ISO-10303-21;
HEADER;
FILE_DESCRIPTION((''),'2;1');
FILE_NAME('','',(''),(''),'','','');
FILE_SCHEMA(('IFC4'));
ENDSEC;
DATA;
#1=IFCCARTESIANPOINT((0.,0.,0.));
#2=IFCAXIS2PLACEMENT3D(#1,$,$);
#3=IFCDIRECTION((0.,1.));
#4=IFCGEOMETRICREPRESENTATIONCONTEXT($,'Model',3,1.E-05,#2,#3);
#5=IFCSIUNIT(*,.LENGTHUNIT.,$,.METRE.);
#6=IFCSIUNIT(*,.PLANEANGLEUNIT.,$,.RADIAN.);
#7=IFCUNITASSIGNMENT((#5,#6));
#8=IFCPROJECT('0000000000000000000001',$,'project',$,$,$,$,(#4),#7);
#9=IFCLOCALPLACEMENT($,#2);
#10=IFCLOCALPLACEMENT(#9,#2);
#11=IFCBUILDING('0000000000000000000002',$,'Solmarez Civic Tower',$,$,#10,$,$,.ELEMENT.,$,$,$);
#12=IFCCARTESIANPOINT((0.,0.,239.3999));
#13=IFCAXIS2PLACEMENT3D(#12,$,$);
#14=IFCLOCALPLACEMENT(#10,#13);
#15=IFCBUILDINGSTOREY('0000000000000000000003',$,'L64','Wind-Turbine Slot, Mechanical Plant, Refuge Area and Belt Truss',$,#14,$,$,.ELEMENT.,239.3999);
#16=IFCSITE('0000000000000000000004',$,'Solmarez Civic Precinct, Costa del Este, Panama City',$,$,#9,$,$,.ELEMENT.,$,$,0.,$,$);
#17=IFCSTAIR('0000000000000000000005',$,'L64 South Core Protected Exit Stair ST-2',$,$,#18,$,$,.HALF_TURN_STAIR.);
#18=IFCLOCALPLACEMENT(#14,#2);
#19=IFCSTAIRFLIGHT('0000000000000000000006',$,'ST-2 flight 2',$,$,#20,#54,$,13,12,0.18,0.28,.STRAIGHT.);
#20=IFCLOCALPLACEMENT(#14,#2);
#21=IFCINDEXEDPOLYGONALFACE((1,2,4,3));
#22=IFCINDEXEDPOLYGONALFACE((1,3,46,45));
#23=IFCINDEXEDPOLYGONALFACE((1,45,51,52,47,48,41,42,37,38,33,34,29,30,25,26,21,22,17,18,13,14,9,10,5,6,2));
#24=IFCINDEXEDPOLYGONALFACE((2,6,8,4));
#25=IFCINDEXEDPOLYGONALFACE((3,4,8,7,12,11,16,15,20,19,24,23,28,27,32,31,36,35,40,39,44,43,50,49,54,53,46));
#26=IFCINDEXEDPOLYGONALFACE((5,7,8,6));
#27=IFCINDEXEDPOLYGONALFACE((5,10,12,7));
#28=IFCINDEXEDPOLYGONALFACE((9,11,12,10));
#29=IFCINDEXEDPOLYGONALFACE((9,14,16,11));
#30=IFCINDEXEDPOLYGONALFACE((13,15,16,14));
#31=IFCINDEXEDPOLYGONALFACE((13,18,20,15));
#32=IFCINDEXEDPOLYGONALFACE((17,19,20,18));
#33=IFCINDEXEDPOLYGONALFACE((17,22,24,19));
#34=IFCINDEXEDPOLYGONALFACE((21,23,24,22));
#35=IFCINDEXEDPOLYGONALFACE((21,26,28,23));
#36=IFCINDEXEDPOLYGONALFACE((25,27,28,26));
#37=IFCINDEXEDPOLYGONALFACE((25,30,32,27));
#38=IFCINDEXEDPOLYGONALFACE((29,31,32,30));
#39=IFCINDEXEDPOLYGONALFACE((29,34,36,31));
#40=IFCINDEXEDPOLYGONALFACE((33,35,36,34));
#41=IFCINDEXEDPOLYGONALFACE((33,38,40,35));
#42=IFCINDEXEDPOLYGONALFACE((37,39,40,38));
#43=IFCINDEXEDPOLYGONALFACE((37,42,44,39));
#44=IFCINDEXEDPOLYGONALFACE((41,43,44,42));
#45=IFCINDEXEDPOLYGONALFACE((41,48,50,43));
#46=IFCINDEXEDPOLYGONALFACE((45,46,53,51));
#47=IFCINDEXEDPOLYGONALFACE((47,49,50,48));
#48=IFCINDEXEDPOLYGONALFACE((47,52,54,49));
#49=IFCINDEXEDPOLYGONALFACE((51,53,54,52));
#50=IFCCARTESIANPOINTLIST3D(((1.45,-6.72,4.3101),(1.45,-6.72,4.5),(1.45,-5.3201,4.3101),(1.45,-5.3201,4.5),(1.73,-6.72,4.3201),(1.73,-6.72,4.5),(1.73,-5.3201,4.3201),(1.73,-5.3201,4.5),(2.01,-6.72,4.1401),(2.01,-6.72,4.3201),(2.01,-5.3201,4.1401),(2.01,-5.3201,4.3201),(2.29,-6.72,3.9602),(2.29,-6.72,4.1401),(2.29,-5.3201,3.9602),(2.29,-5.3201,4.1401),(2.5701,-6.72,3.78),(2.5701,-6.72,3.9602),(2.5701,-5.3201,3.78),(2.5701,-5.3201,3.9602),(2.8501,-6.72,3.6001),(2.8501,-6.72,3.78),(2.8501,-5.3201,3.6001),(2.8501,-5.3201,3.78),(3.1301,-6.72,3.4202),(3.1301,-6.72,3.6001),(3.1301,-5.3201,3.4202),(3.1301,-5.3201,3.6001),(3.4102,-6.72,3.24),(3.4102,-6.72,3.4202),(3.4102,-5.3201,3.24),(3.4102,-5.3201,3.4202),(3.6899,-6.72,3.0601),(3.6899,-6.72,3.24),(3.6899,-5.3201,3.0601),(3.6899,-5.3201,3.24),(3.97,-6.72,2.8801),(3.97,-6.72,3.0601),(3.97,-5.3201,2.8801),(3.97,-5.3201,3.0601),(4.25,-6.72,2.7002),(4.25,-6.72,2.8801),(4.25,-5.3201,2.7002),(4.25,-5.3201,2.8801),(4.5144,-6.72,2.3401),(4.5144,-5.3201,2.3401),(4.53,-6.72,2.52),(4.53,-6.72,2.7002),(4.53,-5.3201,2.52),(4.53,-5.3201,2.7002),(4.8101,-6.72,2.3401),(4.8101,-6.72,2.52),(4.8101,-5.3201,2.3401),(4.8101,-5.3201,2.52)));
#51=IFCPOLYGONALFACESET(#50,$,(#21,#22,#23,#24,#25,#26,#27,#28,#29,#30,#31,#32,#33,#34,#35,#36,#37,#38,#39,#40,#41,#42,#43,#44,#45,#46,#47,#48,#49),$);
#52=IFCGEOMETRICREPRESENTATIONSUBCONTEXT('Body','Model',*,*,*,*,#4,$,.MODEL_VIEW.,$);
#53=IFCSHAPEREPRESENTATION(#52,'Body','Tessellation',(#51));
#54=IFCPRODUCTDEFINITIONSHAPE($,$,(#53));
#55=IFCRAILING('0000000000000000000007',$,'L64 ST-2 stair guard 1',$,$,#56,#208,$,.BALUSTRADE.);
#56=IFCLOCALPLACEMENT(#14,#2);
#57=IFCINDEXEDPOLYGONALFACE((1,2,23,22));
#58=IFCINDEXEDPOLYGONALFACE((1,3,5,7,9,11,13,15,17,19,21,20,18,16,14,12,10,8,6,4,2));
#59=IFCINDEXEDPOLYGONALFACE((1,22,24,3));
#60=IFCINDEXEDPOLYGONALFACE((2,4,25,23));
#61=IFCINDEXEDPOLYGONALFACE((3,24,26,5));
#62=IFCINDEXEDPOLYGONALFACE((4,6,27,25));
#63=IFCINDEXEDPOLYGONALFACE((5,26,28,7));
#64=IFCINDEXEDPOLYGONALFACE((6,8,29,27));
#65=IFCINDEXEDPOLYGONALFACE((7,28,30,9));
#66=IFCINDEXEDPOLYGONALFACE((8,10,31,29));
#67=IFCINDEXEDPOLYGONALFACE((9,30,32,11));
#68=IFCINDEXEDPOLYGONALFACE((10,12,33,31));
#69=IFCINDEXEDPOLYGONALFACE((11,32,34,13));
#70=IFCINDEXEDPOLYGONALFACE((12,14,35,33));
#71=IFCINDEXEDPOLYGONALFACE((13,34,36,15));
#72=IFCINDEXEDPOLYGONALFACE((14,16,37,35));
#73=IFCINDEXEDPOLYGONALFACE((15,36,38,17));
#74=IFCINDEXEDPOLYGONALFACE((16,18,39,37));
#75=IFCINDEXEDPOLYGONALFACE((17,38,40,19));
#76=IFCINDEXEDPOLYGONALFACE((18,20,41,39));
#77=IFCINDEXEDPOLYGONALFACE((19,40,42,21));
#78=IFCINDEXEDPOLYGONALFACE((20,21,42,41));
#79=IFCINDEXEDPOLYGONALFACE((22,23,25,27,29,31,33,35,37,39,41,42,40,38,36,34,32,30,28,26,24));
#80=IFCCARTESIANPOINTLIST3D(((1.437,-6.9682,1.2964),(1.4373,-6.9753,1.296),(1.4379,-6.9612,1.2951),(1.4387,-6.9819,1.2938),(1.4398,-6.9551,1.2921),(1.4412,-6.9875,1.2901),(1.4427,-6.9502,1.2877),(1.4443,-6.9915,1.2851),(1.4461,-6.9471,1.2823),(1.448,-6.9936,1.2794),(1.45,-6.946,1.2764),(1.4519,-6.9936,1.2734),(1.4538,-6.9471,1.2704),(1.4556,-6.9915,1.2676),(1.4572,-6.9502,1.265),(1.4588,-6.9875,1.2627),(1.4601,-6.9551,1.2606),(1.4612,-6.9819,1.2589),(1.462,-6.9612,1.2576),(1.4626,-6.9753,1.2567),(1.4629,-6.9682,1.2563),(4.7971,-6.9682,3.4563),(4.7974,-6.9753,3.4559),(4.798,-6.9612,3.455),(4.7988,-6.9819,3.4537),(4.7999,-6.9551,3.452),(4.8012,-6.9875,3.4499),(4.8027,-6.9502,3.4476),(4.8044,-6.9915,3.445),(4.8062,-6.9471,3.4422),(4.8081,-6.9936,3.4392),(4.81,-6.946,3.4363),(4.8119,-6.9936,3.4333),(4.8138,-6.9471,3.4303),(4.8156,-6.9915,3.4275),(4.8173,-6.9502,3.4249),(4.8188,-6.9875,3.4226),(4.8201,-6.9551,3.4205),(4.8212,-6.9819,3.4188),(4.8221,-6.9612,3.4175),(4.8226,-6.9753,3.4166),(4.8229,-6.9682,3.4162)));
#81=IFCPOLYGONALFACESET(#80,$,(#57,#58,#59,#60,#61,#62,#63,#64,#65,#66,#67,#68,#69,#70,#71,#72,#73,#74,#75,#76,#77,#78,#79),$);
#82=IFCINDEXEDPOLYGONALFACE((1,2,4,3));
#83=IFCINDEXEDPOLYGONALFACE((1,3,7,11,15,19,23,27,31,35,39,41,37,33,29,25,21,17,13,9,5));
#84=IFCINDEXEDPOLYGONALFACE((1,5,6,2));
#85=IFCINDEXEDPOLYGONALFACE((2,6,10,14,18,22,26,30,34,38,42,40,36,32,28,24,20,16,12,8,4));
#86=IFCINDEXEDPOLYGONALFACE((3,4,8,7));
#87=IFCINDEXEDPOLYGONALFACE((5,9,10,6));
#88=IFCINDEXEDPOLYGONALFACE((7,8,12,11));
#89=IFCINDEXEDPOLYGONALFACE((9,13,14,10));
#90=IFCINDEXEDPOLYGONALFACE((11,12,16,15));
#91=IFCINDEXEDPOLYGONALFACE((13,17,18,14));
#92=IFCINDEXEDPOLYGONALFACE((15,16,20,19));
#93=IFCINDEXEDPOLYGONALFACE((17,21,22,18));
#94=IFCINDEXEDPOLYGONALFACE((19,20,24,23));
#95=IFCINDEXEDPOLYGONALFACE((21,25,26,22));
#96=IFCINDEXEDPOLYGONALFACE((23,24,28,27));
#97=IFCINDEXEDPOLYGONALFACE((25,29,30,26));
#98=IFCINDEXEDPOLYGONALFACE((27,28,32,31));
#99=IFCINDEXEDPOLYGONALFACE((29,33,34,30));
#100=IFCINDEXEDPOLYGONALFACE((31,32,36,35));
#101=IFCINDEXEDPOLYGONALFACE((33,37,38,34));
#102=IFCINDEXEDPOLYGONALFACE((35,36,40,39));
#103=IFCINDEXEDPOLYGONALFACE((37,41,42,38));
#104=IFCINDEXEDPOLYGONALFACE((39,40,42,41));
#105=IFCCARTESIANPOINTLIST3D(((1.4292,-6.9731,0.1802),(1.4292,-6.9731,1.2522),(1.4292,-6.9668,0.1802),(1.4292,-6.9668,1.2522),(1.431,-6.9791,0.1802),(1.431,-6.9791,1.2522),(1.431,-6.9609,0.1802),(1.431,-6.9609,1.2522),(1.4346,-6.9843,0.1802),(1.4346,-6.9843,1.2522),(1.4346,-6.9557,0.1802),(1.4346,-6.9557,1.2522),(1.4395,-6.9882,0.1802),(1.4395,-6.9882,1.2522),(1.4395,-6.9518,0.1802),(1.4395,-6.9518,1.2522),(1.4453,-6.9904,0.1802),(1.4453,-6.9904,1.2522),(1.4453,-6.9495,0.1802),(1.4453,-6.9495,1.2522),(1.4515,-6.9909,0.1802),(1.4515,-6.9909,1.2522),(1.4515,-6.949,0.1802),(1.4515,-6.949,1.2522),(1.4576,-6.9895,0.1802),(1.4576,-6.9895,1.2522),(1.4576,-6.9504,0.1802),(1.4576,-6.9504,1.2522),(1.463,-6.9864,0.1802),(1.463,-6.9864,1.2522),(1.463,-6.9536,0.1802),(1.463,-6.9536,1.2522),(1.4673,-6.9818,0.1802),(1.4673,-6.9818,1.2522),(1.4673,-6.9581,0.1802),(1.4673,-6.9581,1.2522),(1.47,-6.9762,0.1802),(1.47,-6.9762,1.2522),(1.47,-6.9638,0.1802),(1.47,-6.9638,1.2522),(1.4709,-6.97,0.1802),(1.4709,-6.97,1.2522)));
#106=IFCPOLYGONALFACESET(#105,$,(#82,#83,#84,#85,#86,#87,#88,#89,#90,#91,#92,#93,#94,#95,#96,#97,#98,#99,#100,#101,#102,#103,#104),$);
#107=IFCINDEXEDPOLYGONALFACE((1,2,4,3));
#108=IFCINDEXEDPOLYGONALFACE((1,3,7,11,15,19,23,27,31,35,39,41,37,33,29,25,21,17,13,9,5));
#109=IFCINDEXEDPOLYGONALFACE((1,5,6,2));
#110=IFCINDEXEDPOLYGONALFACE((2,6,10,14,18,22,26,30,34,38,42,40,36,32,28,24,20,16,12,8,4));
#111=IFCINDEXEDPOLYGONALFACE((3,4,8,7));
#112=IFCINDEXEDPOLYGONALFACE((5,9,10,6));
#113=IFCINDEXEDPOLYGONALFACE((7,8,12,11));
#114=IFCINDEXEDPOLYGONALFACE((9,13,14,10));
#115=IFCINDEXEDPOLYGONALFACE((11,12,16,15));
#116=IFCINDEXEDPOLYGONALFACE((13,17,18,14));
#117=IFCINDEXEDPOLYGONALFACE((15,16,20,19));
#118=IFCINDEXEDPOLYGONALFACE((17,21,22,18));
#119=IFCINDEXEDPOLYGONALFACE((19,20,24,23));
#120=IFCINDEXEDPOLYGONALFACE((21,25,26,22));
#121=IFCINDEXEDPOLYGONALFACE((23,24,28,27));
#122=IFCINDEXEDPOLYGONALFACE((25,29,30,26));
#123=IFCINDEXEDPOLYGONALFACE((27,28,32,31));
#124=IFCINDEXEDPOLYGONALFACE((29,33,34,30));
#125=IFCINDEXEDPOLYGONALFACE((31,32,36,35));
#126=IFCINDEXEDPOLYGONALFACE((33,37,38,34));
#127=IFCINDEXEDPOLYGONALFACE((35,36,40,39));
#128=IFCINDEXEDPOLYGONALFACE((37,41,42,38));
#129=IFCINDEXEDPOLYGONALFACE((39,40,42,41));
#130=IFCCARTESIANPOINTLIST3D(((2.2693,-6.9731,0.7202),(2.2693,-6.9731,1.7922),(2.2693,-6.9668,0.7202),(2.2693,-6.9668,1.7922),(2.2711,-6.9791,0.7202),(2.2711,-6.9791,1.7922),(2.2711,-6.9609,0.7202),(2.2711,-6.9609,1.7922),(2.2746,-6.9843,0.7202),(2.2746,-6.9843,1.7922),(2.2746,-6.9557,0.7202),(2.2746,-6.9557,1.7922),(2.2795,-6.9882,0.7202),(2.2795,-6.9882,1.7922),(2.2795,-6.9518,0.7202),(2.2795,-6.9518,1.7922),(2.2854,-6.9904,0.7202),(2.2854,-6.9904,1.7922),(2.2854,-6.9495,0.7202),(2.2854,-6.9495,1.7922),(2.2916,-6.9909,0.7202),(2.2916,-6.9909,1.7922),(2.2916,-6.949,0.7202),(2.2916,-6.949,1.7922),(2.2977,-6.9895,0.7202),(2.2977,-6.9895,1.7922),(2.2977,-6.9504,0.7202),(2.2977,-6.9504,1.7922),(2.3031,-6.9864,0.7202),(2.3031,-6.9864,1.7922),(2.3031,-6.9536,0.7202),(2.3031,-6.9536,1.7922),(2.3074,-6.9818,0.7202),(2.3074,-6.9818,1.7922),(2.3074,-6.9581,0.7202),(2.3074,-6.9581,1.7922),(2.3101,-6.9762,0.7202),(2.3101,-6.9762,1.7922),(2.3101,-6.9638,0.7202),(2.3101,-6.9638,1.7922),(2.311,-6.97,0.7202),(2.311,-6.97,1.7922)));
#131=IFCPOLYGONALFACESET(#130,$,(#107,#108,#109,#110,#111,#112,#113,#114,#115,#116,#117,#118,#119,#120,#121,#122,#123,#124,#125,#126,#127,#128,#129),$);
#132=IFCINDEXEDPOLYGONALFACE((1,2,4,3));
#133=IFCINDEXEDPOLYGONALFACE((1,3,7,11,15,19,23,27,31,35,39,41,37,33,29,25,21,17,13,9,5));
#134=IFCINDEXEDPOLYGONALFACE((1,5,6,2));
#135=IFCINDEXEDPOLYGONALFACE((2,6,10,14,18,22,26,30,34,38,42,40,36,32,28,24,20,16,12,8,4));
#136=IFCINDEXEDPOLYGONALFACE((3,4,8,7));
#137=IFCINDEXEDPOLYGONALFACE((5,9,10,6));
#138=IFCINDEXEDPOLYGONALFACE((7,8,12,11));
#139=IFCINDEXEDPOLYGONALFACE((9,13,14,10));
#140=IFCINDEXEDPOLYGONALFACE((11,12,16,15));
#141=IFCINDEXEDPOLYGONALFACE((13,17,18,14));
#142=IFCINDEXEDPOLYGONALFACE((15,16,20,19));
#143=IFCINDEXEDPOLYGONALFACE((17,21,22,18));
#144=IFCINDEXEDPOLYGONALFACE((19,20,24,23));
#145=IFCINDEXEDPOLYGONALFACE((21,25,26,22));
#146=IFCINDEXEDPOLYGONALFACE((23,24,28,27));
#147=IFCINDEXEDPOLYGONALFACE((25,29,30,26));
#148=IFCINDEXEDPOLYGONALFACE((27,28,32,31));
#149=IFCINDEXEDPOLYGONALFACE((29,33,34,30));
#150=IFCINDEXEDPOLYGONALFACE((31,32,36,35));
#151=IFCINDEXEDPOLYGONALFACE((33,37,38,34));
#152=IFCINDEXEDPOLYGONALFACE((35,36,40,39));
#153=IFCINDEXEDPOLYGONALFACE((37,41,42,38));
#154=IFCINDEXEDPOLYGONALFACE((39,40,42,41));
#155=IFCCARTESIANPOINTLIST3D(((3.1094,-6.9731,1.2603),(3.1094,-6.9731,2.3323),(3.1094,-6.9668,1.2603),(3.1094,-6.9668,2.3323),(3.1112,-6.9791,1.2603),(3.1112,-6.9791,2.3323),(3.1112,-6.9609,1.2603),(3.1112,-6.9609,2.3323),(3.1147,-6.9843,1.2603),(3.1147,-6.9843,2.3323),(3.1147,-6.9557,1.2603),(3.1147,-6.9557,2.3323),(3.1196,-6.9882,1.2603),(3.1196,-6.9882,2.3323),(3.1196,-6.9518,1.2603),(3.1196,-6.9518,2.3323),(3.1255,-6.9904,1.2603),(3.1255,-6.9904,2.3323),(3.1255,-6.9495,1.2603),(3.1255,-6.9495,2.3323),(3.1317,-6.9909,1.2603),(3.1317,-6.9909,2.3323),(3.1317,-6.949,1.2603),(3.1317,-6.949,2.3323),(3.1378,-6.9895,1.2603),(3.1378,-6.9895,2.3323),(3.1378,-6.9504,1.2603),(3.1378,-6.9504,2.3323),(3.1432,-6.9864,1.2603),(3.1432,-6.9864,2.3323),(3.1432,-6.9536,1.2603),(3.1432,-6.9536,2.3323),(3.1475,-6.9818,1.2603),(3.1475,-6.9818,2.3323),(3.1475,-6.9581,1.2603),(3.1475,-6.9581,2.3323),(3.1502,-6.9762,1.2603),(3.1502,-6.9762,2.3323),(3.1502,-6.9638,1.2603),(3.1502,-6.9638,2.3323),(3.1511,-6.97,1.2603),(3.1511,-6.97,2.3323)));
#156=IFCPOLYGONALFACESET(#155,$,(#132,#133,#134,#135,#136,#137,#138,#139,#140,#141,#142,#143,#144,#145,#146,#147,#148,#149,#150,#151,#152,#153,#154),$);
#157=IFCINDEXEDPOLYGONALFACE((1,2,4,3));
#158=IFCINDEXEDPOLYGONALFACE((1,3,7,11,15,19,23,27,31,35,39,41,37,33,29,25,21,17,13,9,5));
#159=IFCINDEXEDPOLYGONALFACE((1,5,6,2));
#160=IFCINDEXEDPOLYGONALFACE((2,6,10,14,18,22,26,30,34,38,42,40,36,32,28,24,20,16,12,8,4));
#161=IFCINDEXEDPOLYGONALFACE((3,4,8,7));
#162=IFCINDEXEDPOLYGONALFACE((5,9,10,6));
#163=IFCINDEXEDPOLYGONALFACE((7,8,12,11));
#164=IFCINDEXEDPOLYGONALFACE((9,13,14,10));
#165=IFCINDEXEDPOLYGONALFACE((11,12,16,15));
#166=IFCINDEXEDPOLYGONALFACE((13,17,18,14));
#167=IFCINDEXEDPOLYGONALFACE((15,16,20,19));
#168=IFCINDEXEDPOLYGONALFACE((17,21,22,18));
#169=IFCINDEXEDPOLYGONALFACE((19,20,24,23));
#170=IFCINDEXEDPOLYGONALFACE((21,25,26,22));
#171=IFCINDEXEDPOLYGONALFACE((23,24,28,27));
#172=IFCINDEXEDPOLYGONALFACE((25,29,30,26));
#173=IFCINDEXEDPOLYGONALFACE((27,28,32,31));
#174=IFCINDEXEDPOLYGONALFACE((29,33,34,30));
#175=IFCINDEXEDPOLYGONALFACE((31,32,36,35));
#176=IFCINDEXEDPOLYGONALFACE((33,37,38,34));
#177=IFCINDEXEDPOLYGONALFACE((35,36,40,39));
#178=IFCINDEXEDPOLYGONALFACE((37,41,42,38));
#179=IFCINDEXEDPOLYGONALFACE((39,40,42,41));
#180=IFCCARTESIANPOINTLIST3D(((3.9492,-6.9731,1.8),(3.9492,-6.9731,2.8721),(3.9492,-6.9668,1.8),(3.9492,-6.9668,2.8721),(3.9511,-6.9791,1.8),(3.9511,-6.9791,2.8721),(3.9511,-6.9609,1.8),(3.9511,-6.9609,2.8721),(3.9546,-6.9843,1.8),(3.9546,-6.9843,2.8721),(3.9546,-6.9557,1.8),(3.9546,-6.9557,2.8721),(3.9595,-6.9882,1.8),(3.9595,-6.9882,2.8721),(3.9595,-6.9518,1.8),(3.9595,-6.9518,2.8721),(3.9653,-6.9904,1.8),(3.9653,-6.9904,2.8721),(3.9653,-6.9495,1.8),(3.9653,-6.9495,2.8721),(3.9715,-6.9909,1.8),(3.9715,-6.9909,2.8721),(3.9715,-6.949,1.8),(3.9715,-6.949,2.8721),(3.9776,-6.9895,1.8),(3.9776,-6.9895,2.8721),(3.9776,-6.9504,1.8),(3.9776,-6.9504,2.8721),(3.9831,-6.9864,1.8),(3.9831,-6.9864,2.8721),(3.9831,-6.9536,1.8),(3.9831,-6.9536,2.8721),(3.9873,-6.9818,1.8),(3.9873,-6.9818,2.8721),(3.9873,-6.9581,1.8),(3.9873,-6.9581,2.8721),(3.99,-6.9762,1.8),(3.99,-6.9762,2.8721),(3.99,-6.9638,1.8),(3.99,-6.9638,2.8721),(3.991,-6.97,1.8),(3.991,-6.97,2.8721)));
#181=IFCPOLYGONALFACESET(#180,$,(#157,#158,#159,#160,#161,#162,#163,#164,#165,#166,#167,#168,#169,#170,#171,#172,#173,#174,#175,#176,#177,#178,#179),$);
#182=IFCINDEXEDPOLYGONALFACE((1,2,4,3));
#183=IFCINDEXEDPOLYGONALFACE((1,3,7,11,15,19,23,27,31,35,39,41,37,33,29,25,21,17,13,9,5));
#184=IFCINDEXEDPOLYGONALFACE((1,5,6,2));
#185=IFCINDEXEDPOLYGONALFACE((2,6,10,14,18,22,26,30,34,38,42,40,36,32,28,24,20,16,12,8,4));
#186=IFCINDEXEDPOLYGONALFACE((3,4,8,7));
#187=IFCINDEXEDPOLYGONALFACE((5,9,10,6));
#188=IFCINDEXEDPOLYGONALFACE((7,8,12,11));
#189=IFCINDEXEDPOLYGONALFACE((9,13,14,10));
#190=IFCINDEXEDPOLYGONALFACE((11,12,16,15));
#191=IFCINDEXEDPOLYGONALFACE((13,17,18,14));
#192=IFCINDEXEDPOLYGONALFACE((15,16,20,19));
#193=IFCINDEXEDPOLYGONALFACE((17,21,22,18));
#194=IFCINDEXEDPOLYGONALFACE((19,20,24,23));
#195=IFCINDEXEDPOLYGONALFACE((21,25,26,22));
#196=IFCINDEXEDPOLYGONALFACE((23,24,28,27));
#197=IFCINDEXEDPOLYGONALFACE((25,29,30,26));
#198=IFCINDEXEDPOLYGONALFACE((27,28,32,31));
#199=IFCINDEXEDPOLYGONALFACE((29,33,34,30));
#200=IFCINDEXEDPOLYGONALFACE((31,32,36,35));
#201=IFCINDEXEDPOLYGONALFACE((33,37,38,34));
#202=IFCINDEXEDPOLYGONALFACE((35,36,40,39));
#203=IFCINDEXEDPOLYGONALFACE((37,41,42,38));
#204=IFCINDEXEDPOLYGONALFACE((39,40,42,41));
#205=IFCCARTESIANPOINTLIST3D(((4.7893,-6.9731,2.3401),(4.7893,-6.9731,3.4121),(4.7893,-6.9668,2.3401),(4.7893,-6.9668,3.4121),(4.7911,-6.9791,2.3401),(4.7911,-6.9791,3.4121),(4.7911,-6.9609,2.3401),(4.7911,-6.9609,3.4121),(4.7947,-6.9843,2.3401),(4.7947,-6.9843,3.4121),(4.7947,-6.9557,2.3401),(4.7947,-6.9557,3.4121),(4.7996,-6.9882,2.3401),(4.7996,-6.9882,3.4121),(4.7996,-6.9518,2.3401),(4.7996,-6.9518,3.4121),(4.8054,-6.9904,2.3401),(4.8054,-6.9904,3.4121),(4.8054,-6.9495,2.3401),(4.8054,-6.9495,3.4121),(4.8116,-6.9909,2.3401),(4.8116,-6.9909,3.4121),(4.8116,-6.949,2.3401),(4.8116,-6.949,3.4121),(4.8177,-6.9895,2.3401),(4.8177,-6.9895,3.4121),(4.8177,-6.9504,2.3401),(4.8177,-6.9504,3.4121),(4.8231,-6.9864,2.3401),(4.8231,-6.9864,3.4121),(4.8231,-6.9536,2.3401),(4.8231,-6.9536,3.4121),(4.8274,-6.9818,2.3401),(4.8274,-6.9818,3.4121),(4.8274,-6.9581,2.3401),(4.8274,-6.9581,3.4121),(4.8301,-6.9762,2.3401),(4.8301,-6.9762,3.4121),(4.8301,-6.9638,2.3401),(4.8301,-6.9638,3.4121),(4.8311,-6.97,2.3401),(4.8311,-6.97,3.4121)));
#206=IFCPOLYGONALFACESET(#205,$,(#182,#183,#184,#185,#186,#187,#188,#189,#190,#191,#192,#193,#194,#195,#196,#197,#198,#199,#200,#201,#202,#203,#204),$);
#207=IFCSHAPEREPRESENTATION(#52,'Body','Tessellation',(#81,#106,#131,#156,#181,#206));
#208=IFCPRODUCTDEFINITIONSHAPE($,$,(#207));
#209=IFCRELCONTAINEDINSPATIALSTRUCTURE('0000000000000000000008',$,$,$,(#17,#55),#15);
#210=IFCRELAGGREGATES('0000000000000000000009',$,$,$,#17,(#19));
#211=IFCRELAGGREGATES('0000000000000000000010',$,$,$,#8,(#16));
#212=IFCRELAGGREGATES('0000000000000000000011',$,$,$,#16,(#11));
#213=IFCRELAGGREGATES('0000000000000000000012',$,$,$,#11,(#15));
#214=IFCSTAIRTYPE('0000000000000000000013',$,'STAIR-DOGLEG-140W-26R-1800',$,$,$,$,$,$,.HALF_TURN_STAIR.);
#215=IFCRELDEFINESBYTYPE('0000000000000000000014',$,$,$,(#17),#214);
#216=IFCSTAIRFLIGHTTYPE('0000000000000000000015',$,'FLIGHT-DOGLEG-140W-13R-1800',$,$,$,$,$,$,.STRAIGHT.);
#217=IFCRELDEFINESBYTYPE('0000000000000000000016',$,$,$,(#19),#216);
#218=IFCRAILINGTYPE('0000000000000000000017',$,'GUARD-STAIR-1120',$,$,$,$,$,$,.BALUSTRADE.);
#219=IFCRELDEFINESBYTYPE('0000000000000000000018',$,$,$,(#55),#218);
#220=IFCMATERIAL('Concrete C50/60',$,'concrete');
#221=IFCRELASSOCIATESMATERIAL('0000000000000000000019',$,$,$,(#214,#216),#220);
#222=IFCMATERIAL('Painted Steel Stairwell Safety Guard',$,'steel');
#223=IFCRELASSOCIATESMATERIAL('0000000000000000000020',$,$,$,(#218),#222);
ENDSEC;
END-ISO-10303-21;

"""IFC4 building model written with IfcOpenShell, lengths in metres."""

from ifc_helpers import new_model, si_unit, direction, frame, origin, origin_2d, place, context, subcontext, project, spatial, polyline, circle, outline, extrude, material, type_object, element, aggregate, save


model = new_model("IFC4")

# Units and contexts
model_context = context("Model", 3, precision=1e-05, world=origin(), true_north=direction((0.0, 1.0)))
body_context = subcontext(model_context, "Body", "Model", "MODEL_VIEW")
ifc_project = project(units=[si_unit("LENGTHUNIT", "METRE"), si_unit("PLANEANGLEUNIT", "RADIAN")], contexts=[model_context])

# Site, building, storey
site_placement = place(None, origin())
site = spatial("IfcSite", under=ifc_project, at=site_placement, Name="Solmarez Civic Precinct, Costa del Este, Panama City", CompositionType="ELEMENT", RefElevation=0.0)
building_placement = place(site_placement, origin())
building = spatial("IfcBuilding", under=site, at=building_placement, Name="Solmarez Civic Tower", CompositionType="ELEMENT")
storey_placement = place(building_placement, frame((0.0, 0.0, 239.3999)))
storey = spatial("IfcBuildingStorey", under=building, at=storey_placement, Name="L64", Description="Wind-Turbine Slot, Mechanical Plant, Refuge Area and Belt Truss", CompositionType="ELEMENT", Elevation=239.3999)

# Shared definitions
ifc_material_1 = material(Name="Concrete C50/60", Category="concrete")

# Stair, stair flight
stair_type = type_object("IfcStairType", Name="STAIR-DOGLEG-140W-26R-1800", PredefinedType="HALF_TURN_STAIR", material=ifc_material_1)
stair_placement = place(storey_placement, origin())
stair = element("IfcStair", 1, at=stair_placement, inside=storey, type_object=stair_type, Name="L64 South Core Protected Exit Stair ST-2", PredefinedType="HALF_TURN_STAIR")
stair_flight_type = type_object("IfcStairFlightType", Name="FLIGHT-DOGLEG-140W-13R-1800", PredefinedType="STRAIGHT", material=ifc_material_1)
stair_flight_1_placement = place(storey_placement, frame((4.8101, -6.02, 2.3401), z_axis=(0.0, 0.0, 1.0), x_axis=(-1.0, 0.0, 0.0)))
stair_flight_1 = element("IfcStairFlight", 2, at=stair_flight_1_placement, type_object=stair_flight_type, Name="ST-2 flight 2", NumberOfRisers=13, NumberOfTreads=12, PredefinedType="STRAIGHT", RiserHeight=0.18, TreadLength=0.28, context=body_context, shape_type="SweptSolid", body=[
    extrude(outline(polyline([(0.0, 0.0), (0.0, 0.1799), (0.28, 0.1799), (0.28, 0.3601), (0.5601, 0.3601), (0.5601, 0.54), (0.8401, 0.54), (0.8401, 0.72), (1.1201, 0.72), (1.1201, 0.8999), (1.3999, 0.8999), (1.3999, 1.0801), (1.6799, 1.0801), (1.6799, 1.26), (1.96, 1.26), (1.96, 1.4399), (2.24, 1.4399), (2.24, 1.6201), (2.52, 1.6201), (2.52, 1.8), (2.8, 1.8), (2.8, 1.98), (3.0801, 1.98), (3.0801, 2.1599), (3.3601, 2.1599), (3.3601, 2.3401), (3.3601, 1.97), (0.2957, 0.0), (0.0, 0.0)])), frame((0.0, 0.7, 0.0), z_axis=(0.0, -1.0, 0.0), x_axis=(1.0, 0.0, 0.0)), (0.0, 0.0, 1.0), 1.3999),
])
aggregate(stair, [stair_flight_1])

# Railing
ifc_material_2 = material(Name="Painted Steel Stairwell Safety Guard", Category="steel")
railing_type_1 = type_object("IfcRailingType", Name="GUARD-STAIR-1120", PredefinedType="BALUSTRADE", material=ifc_material_2)
railing_1_placement = place(storey_placement, frame((1.45, -6.97, 0.1802)))
element("IfcRailing", 3, at=railing_1_placement, inside=storey, type_object=railing_type_1, Name="L64 ST-2 stair guard 1", PredefinedType="BALUSTRADE", context=body_context, shape_type="SweptSolid", body=[
    extrude(circle(Radius=0.0239, at=origin_2d()), frame((0.0, 0.0, 1.0962), z_axis=(0.841196, 0.0, 0.54073), x_axis=(0.0, 1.0, 0.0)), (0.0, 0.0, 1.0), 3.9944),
    extrude(circle(Radius=0.021, at=origin_2d()), origin(), (0.0, 0.0, 1.0), 1.072),
    extrude(circle(Radius=0.021, at=origin_2d()), frame((0.8401, 0.0, 0.54)), (0.0, 0.0, 1.0), 1.072),
    extrude(circle(Radius=0.021, at=origin_2d()), frame((1.6802, 0.0, 1.0801)), (0.0, 0.0, 1.0), 1.072),
    extrude(circle(Radius=0.021, at=origin_2d()), frame((2.52, 0.0, 1.6199)), (0.0, 0.0, 1.0), 1.072),
    extrude(circle(Radius=0.021, at=origin_2d()), frame((3.3601, 0.0, 2.1599)), (0.0, 0.0, 1.0), 1.072),
])

save(model, "model.ifc")
